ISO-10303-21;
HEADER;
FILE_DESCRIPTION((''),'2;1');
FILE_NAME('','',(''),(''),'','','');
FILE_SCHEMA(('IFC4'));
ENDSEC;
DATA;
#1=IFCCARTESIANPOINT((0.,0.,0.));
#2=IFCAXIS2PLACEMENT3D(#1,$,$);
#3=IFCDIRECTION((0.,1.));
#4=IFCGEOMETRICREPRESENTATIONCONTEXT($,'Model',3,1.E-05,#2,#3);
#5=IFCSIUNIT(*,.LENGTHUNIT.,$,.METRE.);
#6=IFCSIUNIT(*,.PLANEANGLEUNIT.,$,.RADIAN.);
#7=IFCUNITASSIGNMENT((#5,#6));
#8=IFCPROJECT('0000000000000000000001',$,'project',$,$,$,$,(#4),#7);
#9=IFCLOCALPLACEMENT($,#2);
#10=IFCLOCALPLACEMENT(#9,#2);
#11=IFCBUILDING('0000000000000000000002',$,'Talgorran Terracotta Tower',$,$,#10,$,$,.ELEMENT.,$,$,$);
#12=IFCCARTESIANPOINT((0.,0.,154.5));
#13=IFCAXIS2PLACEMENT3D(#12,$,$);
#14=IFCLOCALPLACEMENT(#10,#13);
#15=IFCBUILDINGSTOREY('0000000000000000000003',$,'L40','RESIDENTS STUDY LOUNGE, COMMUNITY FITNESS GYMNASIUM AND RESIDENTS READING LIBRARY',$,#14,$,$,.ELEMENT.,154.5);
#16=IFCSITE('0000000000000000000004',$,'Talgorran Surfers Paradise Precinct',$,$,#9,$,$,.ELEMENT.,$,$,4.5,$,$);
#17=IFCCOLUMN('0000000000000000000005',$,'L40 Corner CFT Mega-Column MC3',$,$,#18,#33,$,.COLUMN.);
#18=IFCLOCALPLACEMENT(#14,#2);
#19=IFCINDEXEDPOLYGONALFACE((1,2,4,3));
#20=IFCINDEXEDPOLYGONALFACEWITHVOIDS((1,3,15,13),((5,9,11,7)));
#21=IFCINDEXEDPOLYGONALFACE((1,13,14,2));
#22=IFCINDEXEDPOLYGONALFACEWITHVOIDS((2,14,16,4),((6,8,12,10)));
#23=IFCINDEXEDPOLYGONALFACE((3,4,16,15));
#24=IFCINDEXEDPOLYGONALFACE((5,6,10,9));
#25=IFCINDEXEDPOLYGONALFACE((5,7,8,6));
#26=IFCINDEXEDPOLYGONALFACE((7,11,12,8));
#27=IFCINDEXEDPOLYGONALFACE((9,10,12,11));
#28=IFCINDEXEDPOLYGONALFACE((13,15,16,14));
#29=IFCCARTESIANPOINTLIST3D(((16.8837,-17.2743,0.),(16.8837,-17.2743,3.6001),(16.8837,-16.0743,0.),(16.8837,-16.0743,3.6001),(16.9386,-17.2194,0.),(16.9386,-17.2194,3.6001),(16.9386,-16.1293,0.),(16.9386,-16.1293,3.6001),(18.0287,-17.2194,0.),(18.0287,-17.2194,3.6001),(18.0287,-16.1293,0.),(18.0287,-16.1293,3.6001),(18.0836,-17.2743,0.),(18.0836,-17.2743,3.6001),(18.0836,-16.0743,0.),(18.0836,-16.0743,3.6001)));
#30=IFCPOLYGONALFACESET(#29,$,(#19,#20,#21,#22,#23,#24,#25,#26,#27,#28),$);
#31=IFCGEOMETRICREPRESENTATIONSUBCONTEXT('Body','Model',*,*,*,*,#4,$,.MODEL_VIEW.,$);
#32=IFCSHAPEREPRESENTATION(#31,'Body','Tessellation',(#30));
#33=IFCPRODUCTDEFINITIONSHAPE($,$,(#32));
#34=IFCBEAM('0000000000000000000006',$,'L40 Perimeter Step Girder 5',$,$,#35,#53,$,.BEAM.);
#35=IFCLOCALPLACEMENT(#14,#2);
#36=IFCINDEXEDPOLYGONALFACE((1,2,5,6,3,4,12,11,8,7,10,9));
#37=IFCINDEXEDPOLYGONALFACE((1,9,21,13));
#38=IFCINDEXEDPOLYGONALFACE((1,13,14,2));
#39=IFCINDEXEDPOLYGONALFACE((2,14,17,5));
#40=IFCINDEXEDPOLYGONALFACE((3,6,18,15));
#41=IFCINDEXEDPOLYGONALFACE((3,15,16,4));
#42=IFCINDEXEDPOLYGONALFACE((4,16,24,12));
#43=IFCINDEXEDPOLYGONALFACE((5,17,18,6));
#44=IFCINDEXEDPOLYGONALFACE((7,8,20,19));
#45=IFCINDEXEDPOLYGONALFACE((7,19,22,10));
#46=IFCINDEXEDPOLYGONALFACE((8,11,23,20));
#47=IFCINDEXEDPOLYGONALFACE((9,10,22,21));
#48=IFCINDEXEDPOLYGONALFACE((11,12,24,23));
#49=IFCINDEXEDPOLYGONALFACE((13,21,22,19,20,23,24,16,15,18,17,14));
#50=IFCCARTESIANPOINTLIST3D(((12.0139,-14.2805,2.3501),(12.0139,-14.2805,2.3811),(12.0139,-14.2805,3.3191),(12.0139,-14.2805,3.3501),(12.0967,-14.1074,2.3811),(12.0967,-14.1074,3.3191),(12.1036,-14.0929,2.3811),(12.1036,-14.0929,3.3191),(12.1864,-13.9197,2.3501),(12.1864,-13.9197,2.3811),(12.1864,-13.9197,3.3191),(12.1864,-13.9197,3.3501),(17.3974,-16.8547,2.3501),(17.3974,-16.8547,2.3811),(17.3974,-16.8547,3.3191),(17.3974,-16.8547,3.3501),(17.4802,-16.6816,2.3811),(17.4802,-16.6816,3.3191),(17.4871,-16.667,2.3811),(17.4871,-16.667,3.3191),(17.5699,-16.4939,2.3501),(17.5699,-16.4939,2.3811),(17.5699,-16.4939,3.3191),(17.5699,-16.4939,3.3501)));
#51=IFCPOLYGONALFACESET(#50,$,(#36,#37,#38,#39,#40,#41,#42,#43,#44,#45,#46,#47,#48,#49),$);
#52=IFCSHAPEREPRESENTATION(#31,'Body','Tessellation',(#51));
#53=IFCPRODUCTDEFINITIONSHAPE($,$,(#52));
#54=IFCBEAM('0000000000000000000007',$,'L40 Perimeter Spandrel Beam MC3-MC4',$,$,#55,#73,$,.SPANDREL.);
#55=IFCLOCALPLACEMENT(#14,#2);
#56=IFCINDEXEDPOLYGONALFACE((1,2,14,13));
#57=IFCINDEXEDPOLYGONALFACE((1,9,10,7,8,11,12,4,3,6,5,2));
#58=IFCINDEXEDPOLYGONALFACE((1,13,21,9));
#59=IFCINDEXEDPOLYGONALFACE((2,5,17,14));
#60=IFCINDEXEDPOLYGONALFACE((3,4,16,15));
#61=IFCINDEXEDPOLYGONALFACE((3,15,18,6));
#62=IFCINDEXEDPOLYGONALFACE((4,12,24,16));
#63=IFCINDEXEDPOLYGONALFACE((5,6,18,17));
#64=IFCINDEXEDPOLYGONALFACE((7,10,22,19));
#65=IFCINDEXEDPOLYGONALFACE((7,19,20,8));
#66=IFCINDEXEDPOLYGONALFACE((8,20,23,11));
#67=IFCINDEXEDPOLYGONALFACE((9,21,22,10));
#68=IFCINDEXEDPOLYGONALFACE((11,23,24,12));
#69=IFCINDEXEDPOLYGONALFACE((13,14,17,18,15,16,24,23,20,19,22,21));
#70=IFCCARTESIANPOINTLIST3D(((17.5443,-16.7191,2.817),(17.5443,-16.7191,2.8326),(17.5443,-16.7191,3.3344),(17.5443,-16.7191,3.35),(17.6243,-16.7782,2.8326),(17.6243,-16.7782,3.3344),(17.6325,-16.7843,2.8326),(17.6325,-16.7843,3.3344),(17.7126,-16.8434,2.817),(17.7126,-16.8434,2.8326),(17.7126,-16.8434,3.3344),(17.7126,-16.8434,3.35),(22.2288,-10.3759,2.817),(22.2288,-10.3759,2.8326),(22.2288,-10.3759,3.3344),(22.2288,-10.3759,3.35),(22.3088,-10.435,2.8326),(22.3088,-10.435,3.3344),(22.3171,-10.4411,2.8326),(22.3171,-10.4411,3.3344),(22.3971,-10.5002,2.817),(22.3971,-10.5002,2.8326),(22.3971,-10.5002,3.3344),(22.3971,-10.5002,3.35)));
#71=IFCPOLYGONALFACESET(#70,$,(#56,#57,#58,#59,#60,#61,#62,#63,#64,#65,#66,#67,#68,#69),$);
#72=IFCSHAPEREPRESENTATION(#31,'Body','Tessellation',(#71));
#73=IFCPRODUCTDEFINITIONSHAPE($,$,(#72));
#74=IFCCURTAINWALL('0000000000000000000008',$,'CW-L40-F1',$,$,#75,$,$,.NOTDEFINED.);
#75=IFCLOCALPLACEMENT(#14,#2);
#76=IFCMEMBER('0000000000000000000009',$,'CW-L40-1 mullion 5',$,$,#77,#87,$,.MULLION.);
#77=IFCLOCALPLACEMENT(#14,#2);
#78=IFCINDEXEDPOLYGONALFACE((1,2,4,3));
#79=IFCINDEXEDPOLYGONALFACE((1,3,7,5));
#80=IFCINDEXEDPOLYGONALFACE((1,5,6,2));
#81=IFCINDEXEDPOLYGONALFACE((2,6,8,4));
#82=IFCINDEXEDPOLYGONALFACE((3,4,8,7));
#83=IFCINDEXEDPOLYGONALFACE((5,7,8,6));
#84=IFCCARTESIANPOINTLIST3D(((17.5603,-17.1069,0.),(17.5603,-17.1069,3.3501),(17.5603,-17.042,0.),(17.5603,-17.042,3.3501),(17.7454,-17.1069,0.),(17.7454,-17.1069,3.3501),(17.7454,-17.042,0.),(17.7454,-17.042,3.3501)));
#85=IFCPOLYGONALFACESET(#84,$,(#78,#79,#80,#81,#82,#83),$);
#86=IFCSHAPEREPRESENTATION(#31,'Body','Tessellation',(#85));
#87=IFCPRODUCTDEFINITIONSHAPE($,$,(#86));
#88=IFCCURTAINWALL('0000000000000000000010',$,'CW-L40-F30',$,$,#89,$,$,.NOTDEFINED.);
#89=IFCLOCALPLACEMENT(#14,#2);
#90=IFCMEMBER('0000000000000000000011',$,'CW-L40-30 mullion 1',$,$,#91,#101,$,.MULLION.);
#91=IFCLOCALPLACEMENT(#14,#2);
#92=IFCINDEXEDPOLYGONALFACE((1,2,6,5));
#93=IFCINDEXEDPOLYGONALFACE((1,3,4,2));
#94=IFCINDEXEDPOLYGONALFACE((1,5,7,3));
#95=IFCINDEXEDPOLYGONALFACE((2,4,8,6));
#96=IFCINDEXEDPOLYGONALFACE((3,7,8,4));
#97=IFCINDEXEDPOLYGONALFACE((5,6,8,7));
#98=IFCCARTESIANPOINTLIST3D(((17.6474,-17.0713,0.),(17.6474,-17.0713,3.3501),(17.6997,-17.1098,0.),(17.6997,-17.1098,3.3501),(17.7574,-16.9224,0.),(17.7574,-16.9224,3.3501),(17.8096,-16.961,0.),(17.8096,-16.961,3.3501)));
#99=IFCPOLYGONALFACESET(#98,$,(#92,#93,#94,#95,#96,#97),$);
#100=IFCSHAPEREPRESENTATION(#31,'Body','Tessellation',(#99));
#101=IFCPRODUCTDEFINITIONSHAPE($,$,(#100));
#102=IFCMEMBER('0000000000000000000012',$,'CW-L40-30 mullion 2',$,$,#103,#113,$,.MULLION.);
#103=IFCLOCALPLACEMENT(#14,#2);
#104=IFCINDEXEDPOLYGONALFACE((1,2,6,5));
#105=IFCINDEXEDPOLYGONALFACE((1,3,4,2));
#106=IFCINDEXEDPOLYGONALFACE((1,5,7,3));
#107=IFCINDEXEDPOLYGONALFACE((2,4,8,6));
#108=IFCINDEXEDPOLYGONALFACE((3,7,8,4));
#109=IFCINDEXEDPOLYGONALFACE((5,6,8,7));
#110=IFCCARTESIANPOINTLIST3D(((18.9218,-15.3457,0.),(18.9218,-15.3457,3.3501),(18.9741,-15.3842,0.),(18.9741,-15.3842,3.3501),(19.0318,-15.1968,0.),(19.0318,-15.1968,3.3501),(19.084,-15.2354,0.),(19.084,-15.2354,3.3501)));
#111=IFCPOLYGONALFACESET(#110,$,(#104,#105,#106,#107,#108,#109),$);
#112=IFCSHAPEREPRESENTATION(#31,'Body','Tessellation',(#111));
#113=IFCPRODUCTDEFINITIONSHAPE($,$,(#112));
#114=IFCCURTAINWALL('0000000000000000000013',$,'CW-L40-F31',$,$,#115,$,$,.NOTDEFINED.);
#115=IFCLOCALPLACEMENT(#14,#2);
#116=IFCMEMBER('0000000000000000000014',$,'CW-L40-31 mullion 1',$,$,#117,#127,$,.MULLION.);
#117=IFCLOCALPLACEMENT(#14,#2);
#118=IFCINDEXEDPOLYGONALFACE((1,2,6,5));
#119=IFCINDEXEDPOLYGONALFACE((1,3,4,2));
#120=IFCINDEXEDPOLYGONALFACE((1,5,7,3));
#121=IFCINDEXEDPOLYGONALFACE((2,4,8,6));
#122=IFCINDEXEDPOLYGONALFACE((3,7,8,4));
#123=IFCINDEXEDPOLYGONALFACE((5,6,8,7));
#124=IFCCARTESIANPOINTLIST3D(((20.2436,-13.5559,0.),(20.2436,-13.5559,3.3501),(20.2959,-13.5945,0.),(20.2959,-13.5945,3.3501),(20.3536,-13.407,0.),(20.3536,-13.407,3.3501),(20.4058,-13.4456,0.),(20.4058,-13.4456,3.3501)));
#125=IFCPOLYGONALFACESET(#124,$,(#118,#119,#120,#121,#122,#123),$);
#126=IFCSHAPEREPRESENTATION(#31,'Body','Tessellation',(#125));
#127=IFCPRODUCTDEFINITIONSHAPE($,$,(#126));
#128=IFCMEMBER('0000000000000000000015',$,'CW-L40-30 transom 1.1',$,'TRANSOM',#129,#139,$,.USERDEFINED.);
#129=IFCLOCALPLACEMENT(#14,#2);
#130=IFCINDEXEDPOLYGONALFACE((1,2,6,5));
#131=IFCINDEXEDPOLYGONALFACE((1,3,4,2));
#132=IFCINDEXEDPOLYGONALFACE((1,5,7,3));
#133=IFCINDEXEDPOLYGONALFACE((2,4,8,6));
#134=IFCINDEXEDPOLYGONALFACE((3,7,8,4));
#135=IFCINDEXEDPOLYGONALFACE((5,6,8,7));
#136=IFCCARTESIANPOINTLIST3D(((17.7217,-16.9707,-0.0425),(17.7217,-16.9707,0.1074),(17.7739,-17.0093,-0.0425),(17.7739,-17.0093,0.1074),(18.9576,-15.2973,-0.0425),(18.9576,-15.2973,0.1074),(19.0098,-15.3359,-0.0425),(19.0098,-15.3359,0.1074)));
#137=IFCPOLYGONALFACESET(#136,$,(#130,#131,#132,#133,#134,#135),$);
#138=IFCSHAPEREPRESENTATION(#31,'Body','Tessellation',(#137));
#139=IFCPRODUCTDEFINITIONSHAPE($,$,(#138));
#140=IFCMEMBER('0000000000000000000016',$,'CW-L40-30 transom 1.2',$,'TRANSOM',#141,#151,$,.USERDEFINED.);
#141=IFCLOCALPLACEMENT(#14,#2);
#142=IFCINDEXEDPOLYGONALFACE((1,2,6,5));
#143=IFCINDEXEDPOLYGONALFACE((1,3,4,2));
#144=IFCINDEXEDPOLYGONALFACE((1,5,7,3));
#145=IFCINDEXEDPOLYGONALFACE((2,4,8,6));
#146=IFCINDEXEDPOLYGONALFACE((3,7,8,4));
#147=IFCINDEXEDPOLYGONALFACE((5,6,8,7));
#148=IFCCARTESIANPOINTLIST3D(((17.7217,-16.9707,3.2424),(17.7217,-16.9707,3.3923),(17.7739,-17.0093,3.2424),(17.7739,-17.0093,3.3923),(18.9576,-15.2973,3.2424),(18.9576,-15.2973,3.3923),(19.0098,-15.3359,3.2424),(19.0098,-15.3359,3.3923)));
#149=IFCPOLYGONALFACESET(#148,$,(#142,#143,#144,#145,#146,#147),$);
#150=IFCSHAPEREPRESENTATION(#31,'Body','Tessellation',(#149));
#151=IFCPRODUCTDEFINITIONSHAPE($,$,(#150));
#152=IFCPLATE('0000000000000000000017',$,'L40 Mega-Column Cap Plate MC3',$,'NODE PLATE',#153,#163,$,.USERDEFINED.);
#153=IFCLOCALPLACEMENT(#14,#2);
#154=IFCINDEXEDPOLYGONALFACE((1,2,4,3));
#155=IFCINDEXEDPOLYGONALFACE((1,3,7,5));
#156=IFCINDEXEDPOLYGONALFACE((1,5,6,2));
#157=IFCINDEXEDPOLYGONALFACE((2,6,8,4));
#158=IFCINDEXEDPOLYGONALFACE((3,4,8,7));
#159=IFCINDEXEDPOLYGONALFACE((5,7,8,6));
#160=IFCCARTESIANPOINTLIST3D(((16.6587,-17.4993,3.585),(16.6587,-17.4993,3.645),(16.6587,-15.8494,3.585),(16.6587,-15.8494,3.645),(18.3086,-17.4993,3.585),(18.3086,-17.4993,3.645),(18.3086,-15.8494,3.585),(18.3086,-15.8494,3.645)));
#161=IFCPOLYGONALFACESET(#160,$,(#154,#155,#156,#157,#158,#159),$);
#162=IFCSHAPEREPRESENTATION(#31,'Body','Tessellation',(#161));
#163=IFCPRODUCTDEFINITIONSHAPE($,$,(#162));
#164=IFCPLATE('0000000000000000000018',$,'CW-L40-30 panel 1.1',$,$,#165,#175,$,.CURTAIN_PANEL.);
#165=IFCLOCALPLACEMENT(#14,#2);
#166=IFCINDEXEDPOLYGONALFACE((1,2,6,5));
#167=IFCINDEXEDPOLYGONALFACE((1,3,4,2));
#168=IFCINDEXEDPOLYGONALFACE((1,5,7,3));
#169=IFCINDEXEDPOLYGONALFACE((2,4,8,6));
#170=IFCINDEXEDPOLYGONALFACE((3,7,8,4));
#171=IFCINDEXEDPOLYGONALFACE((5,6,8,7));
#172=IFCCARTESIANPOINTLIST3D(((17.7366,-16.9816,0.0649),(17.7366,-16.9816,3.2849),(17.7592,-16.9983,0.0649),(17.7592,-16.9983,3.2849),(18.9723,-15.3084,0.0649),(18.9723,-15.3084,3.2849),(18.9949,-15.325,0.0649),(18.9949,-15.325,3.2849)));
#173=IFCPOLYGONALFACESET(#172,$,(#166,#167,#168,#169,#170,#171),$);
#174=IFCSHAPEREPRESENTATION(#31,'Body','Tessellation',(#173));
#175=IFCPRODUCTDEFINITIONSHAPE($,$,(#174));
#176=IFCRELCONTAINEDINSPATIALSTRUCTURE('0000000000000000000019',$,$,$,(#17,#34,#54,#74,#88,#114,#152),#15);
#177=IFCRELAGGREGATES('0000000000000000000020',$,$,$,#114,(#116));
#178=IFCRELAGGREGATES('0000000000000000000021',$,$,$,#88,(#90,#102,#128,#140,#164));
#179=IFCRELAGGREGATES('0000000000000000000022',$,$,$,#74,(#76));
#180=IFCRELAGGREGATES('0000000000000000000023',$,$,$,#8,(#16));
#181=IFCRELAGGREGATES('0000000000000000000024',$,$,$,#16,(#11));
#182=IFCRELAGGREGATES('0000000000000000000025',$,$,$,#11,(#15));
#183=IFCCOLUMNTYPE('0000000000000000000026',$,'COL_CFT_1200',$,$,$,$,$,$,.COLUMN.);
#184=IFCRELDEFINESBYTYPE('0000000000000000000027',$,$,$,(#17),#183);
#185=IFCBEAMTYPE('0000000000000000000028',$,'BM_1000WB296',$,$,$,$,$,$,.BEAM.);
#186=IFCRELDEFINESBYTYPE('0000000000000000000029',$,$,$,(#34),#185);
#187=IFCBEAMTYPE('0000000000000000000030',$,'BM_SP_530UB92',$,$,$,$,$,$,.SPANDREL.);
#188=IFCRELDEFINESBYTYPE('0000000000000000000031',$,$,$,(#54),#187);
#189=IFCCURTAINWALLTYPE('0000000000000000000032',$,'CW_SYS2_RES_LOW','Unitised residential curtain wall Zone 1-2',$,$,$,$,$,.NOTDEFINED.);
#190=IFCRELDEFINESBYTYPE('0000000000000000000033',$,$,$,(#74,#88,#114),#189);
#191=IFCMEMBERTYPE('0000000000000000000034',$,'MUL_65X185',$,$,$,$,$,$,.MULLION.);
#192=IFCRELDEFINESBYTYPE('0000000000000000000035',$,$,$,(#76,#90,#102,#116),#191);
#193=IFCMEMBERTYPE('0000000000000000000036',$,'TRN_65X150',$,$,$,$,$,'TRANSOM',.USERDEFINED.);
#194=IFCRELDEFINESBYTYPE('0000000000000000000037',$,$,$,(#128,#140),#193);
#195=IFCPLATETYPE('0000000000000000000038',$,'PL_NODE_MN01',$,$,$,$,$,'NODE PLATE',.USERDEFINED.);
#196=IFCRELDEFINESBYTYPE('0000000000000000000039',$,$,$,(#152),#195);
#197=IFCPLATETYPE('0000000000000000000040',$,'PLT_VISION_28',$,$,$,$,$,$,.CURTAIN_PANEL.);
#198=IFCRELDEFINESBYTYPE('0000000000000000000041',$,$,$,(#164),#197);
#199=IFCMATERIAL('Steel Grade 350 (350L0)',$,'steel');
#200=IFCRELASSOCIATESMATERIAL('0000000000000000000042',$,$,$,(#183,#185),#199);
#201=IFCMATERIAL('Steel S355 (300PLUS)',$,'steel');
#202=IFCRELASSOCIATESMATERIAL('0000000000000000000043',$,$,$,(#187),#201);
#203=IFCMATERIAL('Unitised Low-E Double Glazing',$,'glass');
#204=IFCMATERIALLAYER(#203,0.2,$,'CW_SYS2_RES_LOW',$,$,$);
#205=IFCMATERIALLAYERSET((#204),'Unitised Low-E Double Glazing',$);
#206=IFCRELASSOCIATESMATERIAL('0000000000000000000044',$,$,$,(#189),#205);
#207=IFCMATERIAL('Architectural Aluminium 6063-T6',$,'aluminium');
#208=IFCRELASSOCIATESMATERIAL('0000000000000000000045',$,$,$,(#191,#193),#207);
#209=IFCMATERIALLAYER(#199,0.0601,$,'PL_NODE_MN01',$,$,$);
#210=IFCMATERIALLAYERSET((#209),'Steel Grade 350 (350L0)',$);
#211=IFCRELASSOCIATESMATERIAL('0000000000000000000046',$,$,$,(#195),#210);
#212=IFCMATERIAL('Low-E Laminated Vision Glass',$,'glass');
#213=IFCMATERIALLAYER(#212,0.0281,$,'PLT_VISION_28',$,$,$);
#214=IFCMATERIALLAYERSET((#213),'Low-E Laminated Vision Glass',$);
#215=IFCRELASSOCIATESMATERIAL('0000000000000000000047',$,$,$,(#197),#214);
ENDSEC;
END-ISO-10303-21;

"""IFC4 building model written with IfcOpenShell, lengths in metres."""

from ifc_helpers import new_model, si_unit, direction, frame, origin, origin_2d, place, context, subcontext, project, spatial, rectangle, hollow_rectangle, i_section, extrude, source, transform, mapped, material, layer, layer_set, material_profile, profile_set, type_object, type_shapes, element, aggregate, save


model = new_model("IFC4")

# Units and contexts
model_context = context("Model", 3, precision=1e-05, world=origin(), true_north=direction((0.0, 1.0)))
body_context = subcontext(model_context, "Body", "Model", "MODEL_VIEW")
ifc_project = project(units=[si_unit("LENGTHUNIT", "METRE"), si_unit("PLANEANGLEUNIT", "RADIAN")], contexts=[model_context])

# Site, building, storey
site_placement = place(None, origin())
site = spatial("IfcSite", under=ifc_project, at=site_placement, Name="Talgorran Surfers Paradise Precinct", CompositionType="ELEMENT", RefElevation=4.5)
building_placement = place(site_placement, origin())
building = spatial("IfcBuilding", under=site, at=building_placement, Name="Talgorran Terracotta Tower", CompositionType="ELEMENT")
storey_placement = place(building_placement, frame((0.0, 0.0, 154.5)))
storey = spatial("IfcBuildingStorey", under=building, at=storey_placement, Name="L40", Description="RESIDENTS STUDY LOUNGE, COMMUNITY FITNESS GYMNASIUM AND RESIDENTS READING LIBRARY", CompositionType="ELEMENT", Elevation=154.5)

# Column
ifc_material_1 = material(Name="Steel Grade 350 (350L0)", Category="steel")
ifc_material_profile_1 = material_profile(ifc_material_1, hollow_rectangle(XDim=1.2, YDim=1.2, WallThickness=0.0549, at=origin_2d()), Name="CFT1200X1200X55")
ifc_profile_set_1 = profile_set([ifc_material_profile_1], Name="Steel Grade 350 (350L0)")
column_type = type_object("IfcColumnType", Name="COL_CFT_1200", PredefinedType="COLUMN", material=ifc_profile_set_1)
column_placement = place(storey_placement, frame((17.4836, -16.6743, 0.0), z_axis=(0.0, 0.0, 1.0), x_axis=(1.0, 0.0, 0.0)))
element("IfcColumn", 1, at=column_placement, inside=storey, type_object=column_type, Name="L40 Corner CFT Mega-Column MC3", PredefinedType="COLUMN", context=body_context, shape_type="SweptSolid", body=[
    extrude(hollow_rectangle(XDim=1.2, YDim=1.2, WallThickness=0.0549, at=origin_2d()), origin(), (0.0, 0.0, 1.0), 3.6001),
])

# Beams
ifc_material_profile_2 = material_profile(ifc_material_1, i_section(OverallWidth=0.3999, OverallDepth=1.0, WebThickness=0.0161, FlangeThickness=0.031, at=origin_2d()), Name="1000WB296")
ifc_profile_set_2 = profile_set([ifc_material_profile_2], Name="Steel Grade 350 (350L0)")
beam_type_1 = type_object("IfcBeamType", Name="BM_1000WB296", PredefinedType="BEAM", material=ifc_profile_set_2)
beam_1_placement = place(storey_placement, frame((17.4836, -16.6743, 2.8501), z_axis=(-0.902168, 0.431385, 0.0), x_axis=(-0.431385, -0.902168, 0.0)))
element("IfcBeam", 2, at=beam_1_placement, inside=storey, type_object=beam_type_1, Name="L40 Perimeter Step Girder 5", PredefinedType="BEAM", context=body_context, shape_type="SweptSolid", body=[
    extrude(i_section(OverallWidth=0.3999, OverallDepth=1.0, WebThickness=0.0161, FlangeThickness=0.031, at=origin_2d()), origin(), (0.0, 0.0, 1.0), 5.9673),
])
ifc_material_2 = material(Name="Steel S355 (300PLUS)", Category="steel")
ifc_material_profile_3 = material_profile(ifc_material_2, i_section(OverallWidth=0.2092, OverallDepth=0.533, WebThickness=0.0103, FlangeThickness=0.0156, at=origin_2d()), Name="530UB92.4")
ifc_profile_set_3 = profile_set([ifc_material_profile_3], Name="Steel S355 (300PLUS)")
beam_type_2 = type_object("IfcBeamType", Name="BM_SP_530UB92", PredefinedType="SPANDREL", material=ifc_profile_set_3)
beam_2_placement = place(storey_placement, frame((17.6284, -16.7812, 3.0835), z_axis=(0.594069, 0.804414, 0.0), x_axis=(-0.804414, 0.594069, 0.0)))
element("IfcBeam", 3, at=beam_2_placement, inside=storey, type_object=beam_type_2, Name="L40 Perimeter Spandrel Beam MC3-MC4", PredefinedType="SPANDREL", context=body_context, shape_type="SweptSolid", body=[
    extrude(i_section(OverallWidth=0.2092, OverallDepth=0.533, WebThickness=0.0103, FlangeThickness=0.0156, at=origin_2d()), origin(), (0.0, 0.0, 1.0), 7.8855),
])

# Curtain wall, member
ifc_material_3 = material(Name="Unitised Low-E Double Glazing", Category="glass")
ifc_layer_1 = layer(ifc_material_3, 0.2, Name="CW_SYS2_RES_LOW")
ifc_layer_set_1 = layer_set([ifc_layer_1], Name="Unitised Low-E Double Glazing")
curtain_wall_type = type_object("IfcCurtainWallType", Name="CW_SYS2_RES_LOW", Description="Unitised residential curtain wall Zone 1-2", PredefinedType="NOTDEFINED", material=ifc_layer_set_1)
curtain_wall_1_placement = place(storey_placement, origin())
curtain_wall_1 = element("IfcCurtainWall", 4, at=curtain_wall_1_placement, inside=storey, type_object=curtain_wall_type, Name="CW-L40-F1", PredefinedType="NOTDEFINED")
ifc_material_4 = material(Name="Architectural Aluminium 6063-T6", Category="aluminium")
ifc_material_profile_4 = material_profile(ifc_material_4, rectangle(XDim=0.0649, YDim=0.1851, at=origin_2d()), Name="CWM65X185")
ifc_profile_set_4 = profile_set([ifc_material_profile_4], Name="Architectural Aluminium 6063-T6")
member_type_1 = type_object("IfcMemberType", Name="MUL_65X185", PredefinedType="MULLION", material=ifc_profile_set_4)
member_1_placement = place(storey_placement, frame((17.6528, -17.0745, 0.0), z_axis=(0.0, 0.0, 1.0), x_axis=(0.0, 1.0, 0.0)))
member_1 = element("IfcMember", 5, at=member_1_placement, type_object=member_type_1, Name="CW-L40-1 mullion 5", PredefinedType="MULLION", context=body_context, shape_type="SweptSolid", body=[
    extrude(rectangle(XDim=0.0649, YDim=0.1851, at=origin_2d()), origin(), (0.0, 0.0, 1.0), 3.3501),
])

# Curtain wall, members
curtain_wall_2_placement = place(storey_placement, origin())
curtain_wall_2 = element("IfcCurtainWall", 6, at=curtain_wall_2_placement, inside=storey, type_object=curtain_wall_type, Name="CW-L40-F30", PredefinedType="NOTDEFINED")
member_2_placement = place(storey_placement, frame((17.7285, -17.0161, 0.0), z_axis=(0.0, 0.0, 1.0), x_axis=(-0.804414, 0.594069, 0.0)))
member_2 = element("IfcMember", 7, at=member_2_placement, type_object=member_type_1, Name="CW-L40-30 mullion 1", PredefinedType="MULLION", context=body_context, shape_type="SweptSolid", body=[
    extrude(rectangle(XDim=0.0649, YDim=0.1851, at=origin_2d()), origin(), (0.0, 0.0, 1.0), 3.3501),
])
member_3_placement = place(storey_placement, frame((19.0029, -15.2905, 0.0), z_axis=(0.0, 0.0, 1.0), x_axis=(-0.804414, 0.594069, 0.0)))
member_3 = element("IfcMember", 8, at=member_3_placement, type_object=member_type_1, Name="CW-L40-30 mullion 2", PredefinedType="MULLION", context=body_context, shape_type="SweptSolid", body=[
    extrude(rectangle(XDim=0.0649, YDim=0.1851, at=origin_2d()), origin(), (0.0, 0.0, 1.0), 3.3501),
])

# Curtain wall, member
curtain_wall_3_placement = place(storey_placement, origin())
curtain_wall_3 = element("IfcCurtainWall", 9, at=curtain_wall_3_placement, inside=storey, type_object=curtain_wall_type, Name="CW-L40-F31", PredefinedType="NOTDEFINED")
member_4_placement = place(storey_placement, frame((20.3247, -13.5007, 0.0), z_axis=(0.0, 0.0, 1.0), x_axis=(-0.804403, 0.594084, 0.0)))
member_4 = element("IfcMember", 10, at=member_4_placement, type_object=member_type_1, Name="CW-L40-31 mullion 1", PredefinedType="MULLION", context=body_context, shape_type="SweptSolid", body=[
    extrude(rectangle(XDim=0.0649, YDim=0.1851, at=origin_2d()), origin(), (0.0, 0.0, 1.0), 3.3501),
])
aggregate(curtain_wall_3, [member_4])

# Members
ifc_material_profile_5 = material_profile(ifc_material_4, rectangle(XDim=0.0649, YDim=0.1499, at=origin_2d()), Name="CWT65X150")
ifc_profile_set_5 = profile_set([ifc_material_profile_5], Name="Architectural Aluminium 6063-T6")
member_type_2 = type_object("IfcMemberType", Name="TRN_65X150", ElementType="TRANSOM", PredefinedType="USERDEFINED", material=ifc_profile_set_5)
member_5_placement = place(storey_placement, frame((17.7478, -16.99, 0.0325), z_axis=(0.594087, 0.8044, 0.0), x_axis=(-0.8044, 0.594087, 0.0)))
member_5 = element("IfcMember", 11, at=member_5_placement, type_object=member_type_2, Name="CW-L40-30 transom 1.1", ObjectType="TRANSOM", PredefinedType="USERDEFINED", context=body_context, shape_type="SweptSolid", body=[
    extrude(rectangle(XDim=0.0649, YDim=0.1499, at=origin_2d()), origin(), (0.0, 0.0, 1.0), 2.0803),
])
member_6_placement = place(storey_placement, frame((17.7478, -16.99, 3.3174), z_axis=(0.594087, 0.8044, 0.0), x_axis=(-0.8044, 0.594087, 0.0)))
member_6 = element("IfcMember", 12, at=member_6_placement, type_object=member_type_2, Name="CW-L40-30 transom 1.2", ObjectType="TRANSOM", PredefinedType="USERDEFINED", context=body_context, shape_type="SweptSolid", body=[
    extrude(rectangle(XDim=0.0649, YDim=0.1499, at=origin_2d()), origin(), (0.0, 0.0, 1.0), 2.0803),
])

# Plates
ifc_layer_2 = layer(ifc_material_1, 0.0601, Name="PL_NODE_MN01")
ifc_layer_set_2 = layer_set([ifc_layer_2], Name="Steel Grade 350 (350L0)")
plate_type_1 = type_object("IfcPlateType", Name="PL_NODE_MN01", ElementType="NODE PLATE", PredefinedType="USERDEFINED", material=ifc_layer_set_2)
plate_1_placement = place(storey_placement, frame((17.4836, -16.6743, 3.585), z_axis=(0.0, 0.0, 1.0), x_axis=(1.0, 0.0, 0.0)))
element("IfcPlate", 13, at=plate_1_placement, inside=storey, type_object=plate_type_1, Name="L40 Mega-Column Cap Plate MC3", ObjectType="NODE PLATE", PredefinedType="USERDEFINED", context=body_context, shape_type="SweptSolid", body=[
    extrude(rectangle(XDim=1.6499, YDim=1.6499, at=origin_2d()), origin(), (0.0, 0.0, 1.0), 0.0601),
])
ifc_material_5 = material(Name="Low-E Laminated Vision Glass", Category="glass")
ifc_layer_3 = layer(ifc_material_5, 0.0281, Name="PLT_VISION_28")
ifc_layer_set_3 = layer_set([ifc_layer_3], Name="Low-E Laminated Vision Glass")
plate_type_2 = type_object("IfcPlateType", Name="PLT_VISION_28", PredefinedType="CURTAIN_PANEL", material=ifc_layer_set_3)
shared_shape_1 = source(origin(), body_context, "Body", "SweptSolid", [
    extrude(rectangle(XDim=2.0801, YDim=0.0281, at=origin_2d()), origin(), (0.0, 0.0, 1.0), 3.22),
])
type_shapes(plate_type_2, [shared_shape_1])
plate_2_placement = place(storey_placement, frame((18.3657, -16.1533, 0.0649), z_axis=(0.0, 0.0, 1.0), x_axis=(0.594069, 0.804414, 0.0)))
plate_2 = element("IfcPlate", 14, at=plate_2_placement, type_object=plate_type_2, Name="CW-L40-30 panel 1.1", PredefinedType="CURTAIN_PANEL", context=body_context, shape_type="MappedRepresentation", body=[
    mapped(shared_shape_1, transform((0.0, 0.0, 0.0), scale=1.0)),
])
aggregate(curtain_wall_2, [member_2, member_3, member_5, member_6, plate_2])
aggregate(curtain_wall_1, [member_1])

save(model, "model.ifc")
